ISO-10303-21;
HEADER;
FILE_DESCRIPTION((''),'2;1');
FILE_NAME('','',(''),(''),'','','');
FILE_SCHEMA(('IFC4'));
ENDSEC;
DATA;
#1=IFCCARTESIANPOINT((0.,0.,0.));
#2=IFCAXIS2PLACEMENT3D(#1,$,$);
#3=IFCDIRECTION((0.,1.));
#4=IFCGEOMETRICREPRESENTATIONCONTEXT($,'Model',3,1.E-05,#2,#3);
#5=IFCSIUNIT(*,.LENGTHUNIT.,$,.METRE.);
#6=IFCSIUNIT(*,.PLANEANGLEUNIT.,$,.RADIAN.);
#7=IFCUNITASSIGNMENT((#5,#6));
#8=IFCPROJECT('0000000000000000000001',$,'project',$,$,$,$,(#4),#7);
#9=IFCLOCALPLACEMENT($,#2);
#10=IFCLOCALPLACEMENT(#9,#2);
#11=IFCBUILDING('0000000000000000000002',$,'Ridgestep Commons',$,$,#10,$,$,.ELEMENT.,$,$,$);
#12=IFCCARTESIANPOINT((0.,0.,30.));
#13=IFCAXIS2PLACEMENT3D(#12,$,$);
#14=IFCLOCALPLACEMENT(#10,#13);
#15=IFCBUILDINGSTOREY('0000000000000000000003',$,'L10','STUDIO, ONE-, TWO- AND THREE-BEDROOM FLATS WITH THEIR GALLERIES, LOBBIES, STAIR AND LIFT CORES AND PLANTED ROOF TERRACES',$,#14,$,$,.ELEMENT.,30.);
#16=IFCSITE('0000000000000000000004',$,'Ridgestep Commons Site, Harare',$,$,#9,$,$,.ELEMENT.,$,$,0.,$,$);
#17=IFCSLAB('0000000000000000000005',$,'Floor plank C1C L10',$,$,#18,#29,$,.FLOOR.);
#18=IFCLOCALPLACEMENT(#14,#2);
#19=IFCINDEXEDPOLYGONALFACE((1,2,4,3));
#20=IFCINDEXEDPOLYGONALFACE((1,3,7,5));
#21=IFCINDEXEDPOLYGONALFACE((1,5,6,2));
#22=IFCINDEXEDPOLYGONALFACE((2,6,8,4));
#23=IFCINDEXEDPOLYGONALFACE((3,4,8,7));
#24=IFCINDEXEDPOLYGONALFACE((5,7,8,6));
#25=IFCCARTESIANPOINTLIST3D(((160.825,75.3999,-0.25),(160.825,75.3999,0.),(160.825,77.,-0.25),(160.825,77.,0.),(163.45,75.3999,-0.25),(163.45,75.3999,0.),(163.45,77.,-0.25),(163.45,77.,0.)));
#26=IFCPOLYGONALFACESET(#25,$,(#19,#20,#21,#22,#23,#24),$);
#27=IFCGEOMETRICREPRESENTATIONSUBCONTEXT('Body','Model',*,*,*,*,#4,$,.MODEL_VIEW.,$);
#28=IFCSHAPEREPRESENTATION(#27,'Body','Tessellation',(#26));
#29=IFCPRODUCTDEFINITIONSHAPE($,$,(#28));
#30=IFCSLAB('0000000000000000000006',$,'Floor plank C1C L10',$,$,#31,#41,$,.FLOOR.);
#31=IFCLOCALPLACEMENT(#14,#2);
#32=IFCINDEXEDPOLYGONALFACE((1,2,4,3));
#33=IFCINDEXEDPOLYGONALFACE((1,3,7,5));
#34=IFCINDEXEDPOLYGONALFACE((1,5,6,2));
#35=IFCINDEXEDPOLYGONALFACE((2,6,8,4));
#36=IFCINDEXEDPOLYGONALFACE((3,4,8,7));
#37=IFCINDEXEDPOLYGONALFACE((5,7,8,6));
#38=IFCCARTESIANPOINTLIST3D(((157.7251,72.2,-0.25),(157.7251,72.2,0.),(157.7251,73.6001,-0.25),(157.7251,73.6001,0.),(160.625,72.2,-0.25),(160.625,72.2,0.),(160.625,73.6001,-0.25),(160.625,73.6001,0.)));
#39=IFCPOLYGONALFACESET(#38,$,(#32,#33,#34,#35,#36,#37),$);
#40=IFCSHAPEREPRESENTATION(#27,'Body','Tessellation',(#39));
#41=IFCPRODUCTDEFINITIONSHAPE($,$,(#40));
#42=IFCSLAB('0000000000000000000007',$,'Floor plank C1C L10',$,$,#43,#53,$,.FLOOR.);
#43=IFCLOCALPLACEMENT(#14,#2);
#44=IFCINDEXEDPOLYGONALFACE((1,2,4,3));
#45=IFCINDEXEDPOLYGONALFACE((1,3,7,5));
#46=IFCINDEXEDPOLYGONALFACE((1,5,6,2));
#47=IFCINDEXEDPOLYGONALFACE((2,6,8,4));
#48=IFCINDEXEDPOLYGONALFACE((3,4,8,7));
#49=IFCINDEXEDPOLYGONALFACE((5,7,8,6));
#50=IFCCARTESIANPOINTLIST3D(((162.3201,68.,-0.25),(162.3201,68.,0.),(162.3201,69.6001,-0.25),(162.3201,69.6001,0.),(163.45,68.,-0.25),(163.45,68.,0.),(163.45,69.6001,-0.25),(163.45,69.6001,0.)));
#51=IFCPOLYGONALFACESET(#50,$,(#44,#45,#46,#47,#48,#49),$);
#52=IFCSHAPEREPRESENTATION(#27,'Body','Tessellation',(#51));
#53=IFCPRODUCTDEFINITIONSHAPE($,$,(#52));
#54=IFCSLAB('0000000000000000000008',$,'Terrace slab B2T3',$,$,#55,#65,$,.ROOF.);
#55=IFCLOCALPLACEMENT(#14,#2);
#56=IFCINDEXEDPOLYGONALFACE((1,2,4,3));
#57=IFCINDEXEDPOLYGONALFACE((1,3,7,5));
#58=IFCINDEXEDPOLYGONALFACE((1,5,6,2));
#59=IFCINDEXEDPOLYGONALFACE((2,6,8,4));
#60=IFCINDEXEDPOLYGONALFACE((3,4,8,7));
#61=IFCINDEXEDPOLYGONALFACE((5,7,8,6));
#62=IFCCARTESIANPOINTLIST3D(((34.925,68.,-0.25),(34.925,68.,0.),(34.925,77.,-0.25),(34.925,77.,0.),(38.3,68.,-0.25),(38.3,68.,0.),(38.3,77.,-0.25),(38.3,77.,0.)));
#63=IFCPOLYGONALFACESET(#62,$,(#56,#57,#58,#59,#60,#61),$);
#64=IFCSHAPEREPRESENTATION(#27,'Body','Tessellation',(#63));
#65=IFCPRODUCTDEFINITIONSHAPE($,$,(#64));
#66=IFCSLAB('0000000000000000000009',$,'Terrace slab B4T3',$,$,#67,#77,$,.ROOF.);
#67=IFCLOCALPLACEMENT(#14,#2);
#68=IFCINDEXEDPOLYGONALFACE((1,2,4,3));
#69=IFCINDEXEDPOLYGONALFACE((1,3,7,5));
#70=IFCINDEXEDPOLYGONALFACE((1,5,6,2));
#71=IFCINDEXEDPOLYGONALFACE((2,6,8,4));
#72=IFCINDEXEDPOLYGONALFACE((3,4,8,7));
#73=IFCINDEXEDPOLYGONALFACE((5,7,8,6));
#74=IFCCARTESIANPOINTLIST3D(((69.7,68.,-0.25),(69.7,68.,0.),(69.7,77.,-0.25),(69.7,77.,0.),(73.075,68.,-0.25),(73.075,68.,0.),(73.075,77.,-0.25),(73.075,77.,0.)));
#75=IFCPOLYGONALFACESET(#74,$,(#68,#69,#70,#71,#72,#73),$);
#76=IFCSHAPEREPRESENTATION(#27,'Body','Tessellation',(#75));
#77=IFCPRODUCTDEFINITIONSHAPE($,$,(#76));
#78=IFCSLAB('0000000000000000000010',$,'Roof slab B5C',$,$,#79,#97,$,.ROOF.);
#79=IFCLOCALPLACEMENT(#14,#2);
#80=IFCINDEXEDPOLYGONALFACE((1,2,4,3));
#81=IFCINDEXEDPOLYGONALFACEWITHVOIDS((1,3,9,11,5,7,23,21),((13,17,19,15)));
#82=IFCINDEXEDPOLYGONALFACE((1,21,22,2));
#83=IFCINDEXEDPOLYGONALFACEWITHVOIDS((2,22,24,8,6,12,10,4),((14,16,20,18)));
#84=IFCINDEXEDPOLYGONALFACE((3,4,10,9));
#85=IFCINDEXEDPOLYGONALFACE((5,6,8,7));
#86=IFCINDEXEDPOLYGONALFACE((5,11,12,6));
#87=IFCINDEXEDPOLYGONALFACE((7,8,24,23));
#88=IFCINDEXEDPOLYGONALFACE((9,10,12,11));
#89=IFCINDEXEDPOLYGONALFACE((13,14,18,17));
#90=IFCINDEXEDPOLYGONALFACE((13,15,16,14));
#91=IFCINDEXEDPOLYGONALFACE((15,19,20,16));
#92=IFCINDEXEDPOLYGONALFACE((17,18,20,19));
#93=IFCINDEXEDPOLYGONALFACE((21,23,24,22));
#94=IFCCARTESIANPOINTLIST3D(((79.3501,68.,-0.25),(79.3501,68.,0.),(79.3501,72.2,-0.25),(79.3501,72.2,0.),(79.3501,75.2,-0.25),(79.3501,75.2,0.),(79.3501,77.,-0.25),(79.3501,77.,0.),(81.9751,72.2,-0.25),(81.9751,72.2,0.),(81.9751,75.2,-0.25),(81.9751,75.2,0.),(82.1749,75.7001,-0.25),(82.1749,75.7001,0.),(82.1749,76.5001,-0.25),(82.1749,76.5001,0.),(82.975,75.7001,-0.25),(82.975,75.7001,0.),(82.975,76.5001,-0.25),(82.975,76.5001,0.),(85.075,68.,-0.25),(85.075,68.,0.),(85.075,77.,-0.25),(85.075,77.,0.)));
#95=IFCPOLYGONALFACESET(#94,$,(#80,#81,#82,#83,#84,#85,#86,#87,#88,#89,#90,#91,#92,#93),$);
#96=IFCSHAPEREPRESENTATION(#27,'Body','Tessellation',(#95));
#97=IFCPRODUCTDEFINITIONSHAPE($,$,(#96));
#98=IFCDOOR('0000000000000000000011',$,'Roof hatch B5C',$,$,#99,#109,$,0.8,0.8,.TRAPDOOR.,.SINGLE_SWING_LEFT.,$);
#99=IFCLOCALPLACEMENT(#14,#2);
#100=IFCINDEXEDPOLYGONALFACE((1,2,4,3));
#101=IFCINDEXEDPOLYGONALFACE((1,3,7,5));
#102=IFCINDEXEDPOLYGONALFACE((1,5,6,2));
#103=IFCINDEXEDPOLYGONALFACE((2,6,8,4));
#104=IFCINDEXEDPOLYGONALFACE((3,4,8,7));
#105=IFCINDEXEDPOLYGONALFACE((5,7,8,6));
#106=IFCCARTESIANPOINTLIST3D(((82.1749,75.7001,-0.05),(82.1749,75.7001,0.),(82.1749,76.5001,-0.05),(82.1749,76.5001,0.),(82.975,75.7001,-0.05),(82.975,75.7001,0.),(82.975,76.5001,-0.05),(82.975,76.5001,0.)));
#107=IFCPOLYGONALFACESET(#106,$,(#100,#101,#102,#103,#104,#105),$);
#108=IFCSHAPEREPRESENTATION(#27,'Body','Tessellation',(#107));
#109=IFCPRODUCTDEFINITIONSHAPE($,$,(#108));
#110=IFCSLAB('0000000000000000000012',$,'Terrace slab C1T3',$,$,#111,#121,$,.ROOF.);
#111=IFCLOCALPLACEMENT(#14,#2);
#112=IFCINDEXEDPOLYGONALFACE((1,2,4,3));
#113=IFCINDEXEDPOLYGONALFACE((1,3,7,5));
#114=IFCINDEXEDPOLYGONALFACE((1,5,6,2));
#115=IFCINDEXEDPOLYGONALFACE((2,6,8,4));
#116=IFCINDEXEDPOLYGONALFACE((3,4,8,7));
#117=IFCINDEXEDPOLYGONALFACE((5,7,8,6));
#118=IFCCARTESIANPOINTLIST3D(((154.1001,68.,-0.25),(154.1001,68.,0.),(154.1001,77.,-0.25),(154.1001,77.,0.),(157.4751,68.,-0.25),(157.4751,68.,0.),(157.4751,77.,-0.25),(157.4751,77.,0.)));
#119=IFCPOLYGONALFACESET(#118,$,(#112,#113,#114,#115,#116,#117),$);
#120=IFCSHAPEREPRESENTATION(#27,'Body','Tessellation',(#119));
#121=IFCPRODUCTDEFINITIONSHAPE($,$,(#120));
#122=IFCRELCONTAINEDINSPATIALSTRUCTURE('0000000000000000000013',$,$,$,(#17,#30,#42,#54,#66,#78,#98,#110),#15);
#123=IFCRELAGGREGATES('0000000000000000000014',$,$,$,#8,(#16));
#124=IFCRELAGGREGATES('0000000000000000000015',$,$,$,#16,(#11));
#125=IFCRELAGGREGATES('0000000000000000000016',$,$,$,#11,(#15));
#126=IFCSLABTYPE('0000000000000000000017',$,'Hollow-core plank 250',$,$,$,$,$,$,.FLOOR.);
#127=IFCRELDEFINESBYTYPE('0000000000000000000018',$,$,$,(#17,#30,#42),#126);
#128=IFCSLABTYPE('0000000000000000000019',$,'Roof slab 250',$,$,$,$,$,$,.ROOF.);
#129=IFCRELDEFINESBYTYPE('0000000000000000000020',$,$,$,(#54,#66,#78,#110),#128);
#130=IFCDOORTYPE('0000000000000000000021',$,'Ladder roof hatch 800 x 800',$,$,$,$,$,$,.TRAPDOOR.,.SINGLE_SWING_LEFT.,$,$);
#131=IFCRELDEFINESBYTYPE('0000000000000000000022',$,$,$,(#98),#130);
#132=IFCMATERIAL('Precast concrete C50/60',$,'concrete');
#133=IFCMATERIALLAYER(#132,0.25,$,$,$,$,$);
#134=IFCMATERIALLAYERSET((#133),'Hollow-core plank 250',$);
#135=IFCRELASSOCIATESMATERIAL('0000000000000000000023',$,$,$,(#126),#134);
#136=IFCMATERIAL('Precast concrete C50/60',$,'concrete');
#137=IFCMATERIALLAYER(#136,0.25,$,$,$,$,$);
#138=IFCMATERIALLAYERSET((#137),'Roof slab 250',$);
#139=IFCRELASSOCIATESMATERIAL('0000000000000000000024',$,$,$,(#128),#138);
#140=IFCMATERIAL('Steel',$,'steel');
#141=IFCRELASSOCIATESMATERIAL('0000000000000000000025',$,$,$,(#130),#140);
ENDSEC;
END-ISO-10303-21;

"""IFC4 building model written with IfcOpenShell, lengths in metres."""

from ifc_helpers import new_model, si_unit, direction, frame, origin, origin_2d, place, context, subcontext, project, spatial, polyline, rectangle, outline, extrude, material, layer, layer_set, type_object, element, fill, save


model = new_model("IFC4")

# Units and contexts
model_context = context("Model", 3, precision=1e-05, world=origin(), true_north=direction((0.0, 1.0)))
body_context = subcontext(model_context, "Body", "Model", "MODEL_VIEW")
ifc_project = project(units=[si_unit("LENGTHUNIT", "METRE"), si_unit("PLANEANGLEUNIT", "RADIAN")], contexts=[model_context])

# Site, building, storey
site_placement = place(None, origin())
site = spatial("IfcSite", under=ifc_project, at=site_placement, Name="Ridgestep Commons Site, Harare", CompositionType="ELEMENT", RefElevation=0.0)
building_placement = place(site_placement, origin())
building = spatial("IfcBuilding", under=site, at=building_placement, Name="Ridgestep Commons", CompositionType="ELEMENT")
storey_placement = place(building_placement, frame((0.0, 0.0, 30.0)))
storey = spatial("IfcBuildingStorey", under=building, at=storey_placement, Name="L10", Description="STUDIO, ONE-, TWO- AND THREE-BEDROOM FLATS WITH THEIR GALLERIES, LOBBIES, STAIR AND LIFT CORES AND PLANTED ROOF TERRACES", CompositionType="ELEMENT", Elevation=30.0)

# Slabs
ifc_material_1 = material(Name="Precast concrete C50/60", Category="concrete")
ifc_layer_1 = layer(ifc_material_1, 0.25)
ifc_layer_set_1 = layer_set([ifc_layer_1], Name="Hollow-core plank 250")
slab_type_1 = type_object("IfcSlabType", Name="Hollow-core plank 250", PredefinedType="FLOOR", material=ifc_layer_set_1)
slab_1_placement = place(storey_placement, frame((0.0, 0.0, -0.25)))
element("IfcSlab", 1, at=slab_1_placement, inside=storey, type_object=slab_type_1, Name="Floor plank C1C L10", PredefinedType="FLOOR", context=body_context, shape_type="SweptSolid", body=[
    extrude(outline(polyline([(163.45, 75.3999), (163.45, 77.0), (160.825, 77.0), (160.825, 75.3999), (163.45, 75.3999)])), origin(), (0.0, 0.0, 1.0), 0.25),
])
slab_2_placement = place(storey_placement, frame((0.0, 0.0, -0.25)))
element("IfcSlab", 2, at=slab_2_placement, inside=storey, type_object=slab_type_1, Name="Floor plank C1C L10", PredefinedType="FLOOR", context=body_context, shape_type="SweptSolid", body=[
    extrude(outline(polyline([(160.625, 72.2), (160.625, 73.6001), (157.7251, 73.6001), (157.7251, 72.2), (160.625, 72.2)])), origin(), (0.0, 0.0, 1.0), 0.25),
])
slab_3_placement = place(storey_placement, frame((0.0, 0.0, -0.25)))
element("IfcSlab", 3, at=slab_3_placement, inside=storey, type_object=slab_type_1, Name="Floor plank C1C L10", PredefinedType="FLOOR", context=body_context, shape_type="SweptSolid", body=[
    extrude(outline(polyline([(162.3201, 68.0), (163.45, 68.0), (163.45, 69.6001), (162.3201, 69.6001), (162.3201, 68.0)])), origin(), (0.0, 0.0, 1.0), 0.25),
])
ifc_material_2 = material(Name="Precast concrete C50/60", Category="concrete")
ifc_layer_2 = layer(ifc_material_2, 0.25)
ifc_layer_set_2 = layer_set([ifc_layer_2], Name="Roof slab 250")
slab_type_2 = type_object("IfcSlabType", Name="Roof slab 250", PredefinedType="ROOF", material=ifc_layer_set_2)
slab_4_placement = place(storey_placement, frame((0.0, 0.0, -0.25)))
element("IfcSlab", 4, at=slab_4_placement, inside=storey, type_object=slab_type_2, Name="Terrace slab B2T3", PredefinedType="ROOF", context=body_context, shape_type="SweptSolid", body=[
    extrude(outline(polyline([(38.3, 68.0), (38.3, 77.0), (34.925, 77.0), (34.925, 68.0), (38.3, 68.0)])), origin(), (0.0, 0.0, 1.0), 0.25),
])
slab_5_placement = place(storey_placement, frame((0.0, 0.0, -0.25)))
element("IfcSlab", 5, at=slab_5_placement, inside=storey, type_object=slab_type_2, Name="Terrace slab B4T3", PredefinedType="ROOF", context=body_context, shape_type="SweptSolid", body=[
    extrude(outline(polyline([(73.075, 68.0), (73.075, 77.0), (69.7, 77.0), (69.7, 68.0), (73.075, 68.0)])), origin(), (0.0, 0.0, 1.0), 0.25),
])

# Slab, opening, door
slab_6_placement = place(storey_placement, frame((0.0, 0.0, -0.25)))
slab_6 = element("IfcSlab", 6, at=slab_6_placement, inside=storey, type_object=slab_type_2, Name="Roof slab B5C", PredefinedType="ROOF", context=body_context, shape_type="SweptSolid", body=[
    extrude(outline(polyline([(79.3501, 77.0), (79.3501, 75.2), (81.9751, 75.2), (81.9751, 72.2), (79.3501, 72.2), (79.3501, 68.0), (85.075, 68.0), (85.075, 77.0), (79.3501, 77.0)])), origin(), (0.0, 0.0, 1.0), 0.25),
])
opening_placement = place(slab_6_placement, frame((82.575, 76.1001, 0.0)))
opening = element("IfcOpeningElement", 7, at=opening_placement, cuts=slab_6, PredefinedType="OPENING", context=body_context, shape_type="SweptSolid", body=[
    extrude(rectangle(XDim=0.8, YDim=0.8, at=origin_2d()), origin(), (0.0, 0.0, 1.0), 0.25),
])
ifc_material_3 = material(Name="Steel", Category="steel")
door_type = type_object("IfcDoorType", Name="Ladder roof hatch 800 x 800", OperationType="SINGLE_SWING_LEFT", PredefinedType="TRAPDOOR", material=ifc_material_3)
door_placement = place(opening_placement, frame((0.0, 0.0, 0.2)))
door = element("IfcDoor", 8, at=door_placement, inside=storey, type_object=door_type, Name="Roof hatch B5C", OperationType="SINGLE_SWING_LEFT", OverallHeight=0.8, OverallWidth=0.8, PredefinedType="TRAPDOOR", context=body_context, shape_type="SweptSolid", body=[
    extrude(rectangle(XDim=0.8, YDim=0.8, at=origin_2d()), origin(), (0.0, 0.0, 1.0), 0.05),
])
fill(opening, door)

# Slab
slab_7_placement = place(storey_placement, frame((0.0, 0.0, -0.25)))
element("IfcSlab", 9, at=slab_7_placement, inside=storey, type_object=slab_type_2, Name="Terrace slab C1T3", PredefinedType="ROOF", context=body_context, shape_type="SweptSolid", body=[
    extrude(outline(polyline([(157.4751, 68.0), (157.4751, 77.0), (154.1001, 77.0), (154.1001, 68.0), (157.4751, 68.0)])), origin(), (0.0, 0.0, 1.0), 0.25),
])

save(model, "model.ifc")
